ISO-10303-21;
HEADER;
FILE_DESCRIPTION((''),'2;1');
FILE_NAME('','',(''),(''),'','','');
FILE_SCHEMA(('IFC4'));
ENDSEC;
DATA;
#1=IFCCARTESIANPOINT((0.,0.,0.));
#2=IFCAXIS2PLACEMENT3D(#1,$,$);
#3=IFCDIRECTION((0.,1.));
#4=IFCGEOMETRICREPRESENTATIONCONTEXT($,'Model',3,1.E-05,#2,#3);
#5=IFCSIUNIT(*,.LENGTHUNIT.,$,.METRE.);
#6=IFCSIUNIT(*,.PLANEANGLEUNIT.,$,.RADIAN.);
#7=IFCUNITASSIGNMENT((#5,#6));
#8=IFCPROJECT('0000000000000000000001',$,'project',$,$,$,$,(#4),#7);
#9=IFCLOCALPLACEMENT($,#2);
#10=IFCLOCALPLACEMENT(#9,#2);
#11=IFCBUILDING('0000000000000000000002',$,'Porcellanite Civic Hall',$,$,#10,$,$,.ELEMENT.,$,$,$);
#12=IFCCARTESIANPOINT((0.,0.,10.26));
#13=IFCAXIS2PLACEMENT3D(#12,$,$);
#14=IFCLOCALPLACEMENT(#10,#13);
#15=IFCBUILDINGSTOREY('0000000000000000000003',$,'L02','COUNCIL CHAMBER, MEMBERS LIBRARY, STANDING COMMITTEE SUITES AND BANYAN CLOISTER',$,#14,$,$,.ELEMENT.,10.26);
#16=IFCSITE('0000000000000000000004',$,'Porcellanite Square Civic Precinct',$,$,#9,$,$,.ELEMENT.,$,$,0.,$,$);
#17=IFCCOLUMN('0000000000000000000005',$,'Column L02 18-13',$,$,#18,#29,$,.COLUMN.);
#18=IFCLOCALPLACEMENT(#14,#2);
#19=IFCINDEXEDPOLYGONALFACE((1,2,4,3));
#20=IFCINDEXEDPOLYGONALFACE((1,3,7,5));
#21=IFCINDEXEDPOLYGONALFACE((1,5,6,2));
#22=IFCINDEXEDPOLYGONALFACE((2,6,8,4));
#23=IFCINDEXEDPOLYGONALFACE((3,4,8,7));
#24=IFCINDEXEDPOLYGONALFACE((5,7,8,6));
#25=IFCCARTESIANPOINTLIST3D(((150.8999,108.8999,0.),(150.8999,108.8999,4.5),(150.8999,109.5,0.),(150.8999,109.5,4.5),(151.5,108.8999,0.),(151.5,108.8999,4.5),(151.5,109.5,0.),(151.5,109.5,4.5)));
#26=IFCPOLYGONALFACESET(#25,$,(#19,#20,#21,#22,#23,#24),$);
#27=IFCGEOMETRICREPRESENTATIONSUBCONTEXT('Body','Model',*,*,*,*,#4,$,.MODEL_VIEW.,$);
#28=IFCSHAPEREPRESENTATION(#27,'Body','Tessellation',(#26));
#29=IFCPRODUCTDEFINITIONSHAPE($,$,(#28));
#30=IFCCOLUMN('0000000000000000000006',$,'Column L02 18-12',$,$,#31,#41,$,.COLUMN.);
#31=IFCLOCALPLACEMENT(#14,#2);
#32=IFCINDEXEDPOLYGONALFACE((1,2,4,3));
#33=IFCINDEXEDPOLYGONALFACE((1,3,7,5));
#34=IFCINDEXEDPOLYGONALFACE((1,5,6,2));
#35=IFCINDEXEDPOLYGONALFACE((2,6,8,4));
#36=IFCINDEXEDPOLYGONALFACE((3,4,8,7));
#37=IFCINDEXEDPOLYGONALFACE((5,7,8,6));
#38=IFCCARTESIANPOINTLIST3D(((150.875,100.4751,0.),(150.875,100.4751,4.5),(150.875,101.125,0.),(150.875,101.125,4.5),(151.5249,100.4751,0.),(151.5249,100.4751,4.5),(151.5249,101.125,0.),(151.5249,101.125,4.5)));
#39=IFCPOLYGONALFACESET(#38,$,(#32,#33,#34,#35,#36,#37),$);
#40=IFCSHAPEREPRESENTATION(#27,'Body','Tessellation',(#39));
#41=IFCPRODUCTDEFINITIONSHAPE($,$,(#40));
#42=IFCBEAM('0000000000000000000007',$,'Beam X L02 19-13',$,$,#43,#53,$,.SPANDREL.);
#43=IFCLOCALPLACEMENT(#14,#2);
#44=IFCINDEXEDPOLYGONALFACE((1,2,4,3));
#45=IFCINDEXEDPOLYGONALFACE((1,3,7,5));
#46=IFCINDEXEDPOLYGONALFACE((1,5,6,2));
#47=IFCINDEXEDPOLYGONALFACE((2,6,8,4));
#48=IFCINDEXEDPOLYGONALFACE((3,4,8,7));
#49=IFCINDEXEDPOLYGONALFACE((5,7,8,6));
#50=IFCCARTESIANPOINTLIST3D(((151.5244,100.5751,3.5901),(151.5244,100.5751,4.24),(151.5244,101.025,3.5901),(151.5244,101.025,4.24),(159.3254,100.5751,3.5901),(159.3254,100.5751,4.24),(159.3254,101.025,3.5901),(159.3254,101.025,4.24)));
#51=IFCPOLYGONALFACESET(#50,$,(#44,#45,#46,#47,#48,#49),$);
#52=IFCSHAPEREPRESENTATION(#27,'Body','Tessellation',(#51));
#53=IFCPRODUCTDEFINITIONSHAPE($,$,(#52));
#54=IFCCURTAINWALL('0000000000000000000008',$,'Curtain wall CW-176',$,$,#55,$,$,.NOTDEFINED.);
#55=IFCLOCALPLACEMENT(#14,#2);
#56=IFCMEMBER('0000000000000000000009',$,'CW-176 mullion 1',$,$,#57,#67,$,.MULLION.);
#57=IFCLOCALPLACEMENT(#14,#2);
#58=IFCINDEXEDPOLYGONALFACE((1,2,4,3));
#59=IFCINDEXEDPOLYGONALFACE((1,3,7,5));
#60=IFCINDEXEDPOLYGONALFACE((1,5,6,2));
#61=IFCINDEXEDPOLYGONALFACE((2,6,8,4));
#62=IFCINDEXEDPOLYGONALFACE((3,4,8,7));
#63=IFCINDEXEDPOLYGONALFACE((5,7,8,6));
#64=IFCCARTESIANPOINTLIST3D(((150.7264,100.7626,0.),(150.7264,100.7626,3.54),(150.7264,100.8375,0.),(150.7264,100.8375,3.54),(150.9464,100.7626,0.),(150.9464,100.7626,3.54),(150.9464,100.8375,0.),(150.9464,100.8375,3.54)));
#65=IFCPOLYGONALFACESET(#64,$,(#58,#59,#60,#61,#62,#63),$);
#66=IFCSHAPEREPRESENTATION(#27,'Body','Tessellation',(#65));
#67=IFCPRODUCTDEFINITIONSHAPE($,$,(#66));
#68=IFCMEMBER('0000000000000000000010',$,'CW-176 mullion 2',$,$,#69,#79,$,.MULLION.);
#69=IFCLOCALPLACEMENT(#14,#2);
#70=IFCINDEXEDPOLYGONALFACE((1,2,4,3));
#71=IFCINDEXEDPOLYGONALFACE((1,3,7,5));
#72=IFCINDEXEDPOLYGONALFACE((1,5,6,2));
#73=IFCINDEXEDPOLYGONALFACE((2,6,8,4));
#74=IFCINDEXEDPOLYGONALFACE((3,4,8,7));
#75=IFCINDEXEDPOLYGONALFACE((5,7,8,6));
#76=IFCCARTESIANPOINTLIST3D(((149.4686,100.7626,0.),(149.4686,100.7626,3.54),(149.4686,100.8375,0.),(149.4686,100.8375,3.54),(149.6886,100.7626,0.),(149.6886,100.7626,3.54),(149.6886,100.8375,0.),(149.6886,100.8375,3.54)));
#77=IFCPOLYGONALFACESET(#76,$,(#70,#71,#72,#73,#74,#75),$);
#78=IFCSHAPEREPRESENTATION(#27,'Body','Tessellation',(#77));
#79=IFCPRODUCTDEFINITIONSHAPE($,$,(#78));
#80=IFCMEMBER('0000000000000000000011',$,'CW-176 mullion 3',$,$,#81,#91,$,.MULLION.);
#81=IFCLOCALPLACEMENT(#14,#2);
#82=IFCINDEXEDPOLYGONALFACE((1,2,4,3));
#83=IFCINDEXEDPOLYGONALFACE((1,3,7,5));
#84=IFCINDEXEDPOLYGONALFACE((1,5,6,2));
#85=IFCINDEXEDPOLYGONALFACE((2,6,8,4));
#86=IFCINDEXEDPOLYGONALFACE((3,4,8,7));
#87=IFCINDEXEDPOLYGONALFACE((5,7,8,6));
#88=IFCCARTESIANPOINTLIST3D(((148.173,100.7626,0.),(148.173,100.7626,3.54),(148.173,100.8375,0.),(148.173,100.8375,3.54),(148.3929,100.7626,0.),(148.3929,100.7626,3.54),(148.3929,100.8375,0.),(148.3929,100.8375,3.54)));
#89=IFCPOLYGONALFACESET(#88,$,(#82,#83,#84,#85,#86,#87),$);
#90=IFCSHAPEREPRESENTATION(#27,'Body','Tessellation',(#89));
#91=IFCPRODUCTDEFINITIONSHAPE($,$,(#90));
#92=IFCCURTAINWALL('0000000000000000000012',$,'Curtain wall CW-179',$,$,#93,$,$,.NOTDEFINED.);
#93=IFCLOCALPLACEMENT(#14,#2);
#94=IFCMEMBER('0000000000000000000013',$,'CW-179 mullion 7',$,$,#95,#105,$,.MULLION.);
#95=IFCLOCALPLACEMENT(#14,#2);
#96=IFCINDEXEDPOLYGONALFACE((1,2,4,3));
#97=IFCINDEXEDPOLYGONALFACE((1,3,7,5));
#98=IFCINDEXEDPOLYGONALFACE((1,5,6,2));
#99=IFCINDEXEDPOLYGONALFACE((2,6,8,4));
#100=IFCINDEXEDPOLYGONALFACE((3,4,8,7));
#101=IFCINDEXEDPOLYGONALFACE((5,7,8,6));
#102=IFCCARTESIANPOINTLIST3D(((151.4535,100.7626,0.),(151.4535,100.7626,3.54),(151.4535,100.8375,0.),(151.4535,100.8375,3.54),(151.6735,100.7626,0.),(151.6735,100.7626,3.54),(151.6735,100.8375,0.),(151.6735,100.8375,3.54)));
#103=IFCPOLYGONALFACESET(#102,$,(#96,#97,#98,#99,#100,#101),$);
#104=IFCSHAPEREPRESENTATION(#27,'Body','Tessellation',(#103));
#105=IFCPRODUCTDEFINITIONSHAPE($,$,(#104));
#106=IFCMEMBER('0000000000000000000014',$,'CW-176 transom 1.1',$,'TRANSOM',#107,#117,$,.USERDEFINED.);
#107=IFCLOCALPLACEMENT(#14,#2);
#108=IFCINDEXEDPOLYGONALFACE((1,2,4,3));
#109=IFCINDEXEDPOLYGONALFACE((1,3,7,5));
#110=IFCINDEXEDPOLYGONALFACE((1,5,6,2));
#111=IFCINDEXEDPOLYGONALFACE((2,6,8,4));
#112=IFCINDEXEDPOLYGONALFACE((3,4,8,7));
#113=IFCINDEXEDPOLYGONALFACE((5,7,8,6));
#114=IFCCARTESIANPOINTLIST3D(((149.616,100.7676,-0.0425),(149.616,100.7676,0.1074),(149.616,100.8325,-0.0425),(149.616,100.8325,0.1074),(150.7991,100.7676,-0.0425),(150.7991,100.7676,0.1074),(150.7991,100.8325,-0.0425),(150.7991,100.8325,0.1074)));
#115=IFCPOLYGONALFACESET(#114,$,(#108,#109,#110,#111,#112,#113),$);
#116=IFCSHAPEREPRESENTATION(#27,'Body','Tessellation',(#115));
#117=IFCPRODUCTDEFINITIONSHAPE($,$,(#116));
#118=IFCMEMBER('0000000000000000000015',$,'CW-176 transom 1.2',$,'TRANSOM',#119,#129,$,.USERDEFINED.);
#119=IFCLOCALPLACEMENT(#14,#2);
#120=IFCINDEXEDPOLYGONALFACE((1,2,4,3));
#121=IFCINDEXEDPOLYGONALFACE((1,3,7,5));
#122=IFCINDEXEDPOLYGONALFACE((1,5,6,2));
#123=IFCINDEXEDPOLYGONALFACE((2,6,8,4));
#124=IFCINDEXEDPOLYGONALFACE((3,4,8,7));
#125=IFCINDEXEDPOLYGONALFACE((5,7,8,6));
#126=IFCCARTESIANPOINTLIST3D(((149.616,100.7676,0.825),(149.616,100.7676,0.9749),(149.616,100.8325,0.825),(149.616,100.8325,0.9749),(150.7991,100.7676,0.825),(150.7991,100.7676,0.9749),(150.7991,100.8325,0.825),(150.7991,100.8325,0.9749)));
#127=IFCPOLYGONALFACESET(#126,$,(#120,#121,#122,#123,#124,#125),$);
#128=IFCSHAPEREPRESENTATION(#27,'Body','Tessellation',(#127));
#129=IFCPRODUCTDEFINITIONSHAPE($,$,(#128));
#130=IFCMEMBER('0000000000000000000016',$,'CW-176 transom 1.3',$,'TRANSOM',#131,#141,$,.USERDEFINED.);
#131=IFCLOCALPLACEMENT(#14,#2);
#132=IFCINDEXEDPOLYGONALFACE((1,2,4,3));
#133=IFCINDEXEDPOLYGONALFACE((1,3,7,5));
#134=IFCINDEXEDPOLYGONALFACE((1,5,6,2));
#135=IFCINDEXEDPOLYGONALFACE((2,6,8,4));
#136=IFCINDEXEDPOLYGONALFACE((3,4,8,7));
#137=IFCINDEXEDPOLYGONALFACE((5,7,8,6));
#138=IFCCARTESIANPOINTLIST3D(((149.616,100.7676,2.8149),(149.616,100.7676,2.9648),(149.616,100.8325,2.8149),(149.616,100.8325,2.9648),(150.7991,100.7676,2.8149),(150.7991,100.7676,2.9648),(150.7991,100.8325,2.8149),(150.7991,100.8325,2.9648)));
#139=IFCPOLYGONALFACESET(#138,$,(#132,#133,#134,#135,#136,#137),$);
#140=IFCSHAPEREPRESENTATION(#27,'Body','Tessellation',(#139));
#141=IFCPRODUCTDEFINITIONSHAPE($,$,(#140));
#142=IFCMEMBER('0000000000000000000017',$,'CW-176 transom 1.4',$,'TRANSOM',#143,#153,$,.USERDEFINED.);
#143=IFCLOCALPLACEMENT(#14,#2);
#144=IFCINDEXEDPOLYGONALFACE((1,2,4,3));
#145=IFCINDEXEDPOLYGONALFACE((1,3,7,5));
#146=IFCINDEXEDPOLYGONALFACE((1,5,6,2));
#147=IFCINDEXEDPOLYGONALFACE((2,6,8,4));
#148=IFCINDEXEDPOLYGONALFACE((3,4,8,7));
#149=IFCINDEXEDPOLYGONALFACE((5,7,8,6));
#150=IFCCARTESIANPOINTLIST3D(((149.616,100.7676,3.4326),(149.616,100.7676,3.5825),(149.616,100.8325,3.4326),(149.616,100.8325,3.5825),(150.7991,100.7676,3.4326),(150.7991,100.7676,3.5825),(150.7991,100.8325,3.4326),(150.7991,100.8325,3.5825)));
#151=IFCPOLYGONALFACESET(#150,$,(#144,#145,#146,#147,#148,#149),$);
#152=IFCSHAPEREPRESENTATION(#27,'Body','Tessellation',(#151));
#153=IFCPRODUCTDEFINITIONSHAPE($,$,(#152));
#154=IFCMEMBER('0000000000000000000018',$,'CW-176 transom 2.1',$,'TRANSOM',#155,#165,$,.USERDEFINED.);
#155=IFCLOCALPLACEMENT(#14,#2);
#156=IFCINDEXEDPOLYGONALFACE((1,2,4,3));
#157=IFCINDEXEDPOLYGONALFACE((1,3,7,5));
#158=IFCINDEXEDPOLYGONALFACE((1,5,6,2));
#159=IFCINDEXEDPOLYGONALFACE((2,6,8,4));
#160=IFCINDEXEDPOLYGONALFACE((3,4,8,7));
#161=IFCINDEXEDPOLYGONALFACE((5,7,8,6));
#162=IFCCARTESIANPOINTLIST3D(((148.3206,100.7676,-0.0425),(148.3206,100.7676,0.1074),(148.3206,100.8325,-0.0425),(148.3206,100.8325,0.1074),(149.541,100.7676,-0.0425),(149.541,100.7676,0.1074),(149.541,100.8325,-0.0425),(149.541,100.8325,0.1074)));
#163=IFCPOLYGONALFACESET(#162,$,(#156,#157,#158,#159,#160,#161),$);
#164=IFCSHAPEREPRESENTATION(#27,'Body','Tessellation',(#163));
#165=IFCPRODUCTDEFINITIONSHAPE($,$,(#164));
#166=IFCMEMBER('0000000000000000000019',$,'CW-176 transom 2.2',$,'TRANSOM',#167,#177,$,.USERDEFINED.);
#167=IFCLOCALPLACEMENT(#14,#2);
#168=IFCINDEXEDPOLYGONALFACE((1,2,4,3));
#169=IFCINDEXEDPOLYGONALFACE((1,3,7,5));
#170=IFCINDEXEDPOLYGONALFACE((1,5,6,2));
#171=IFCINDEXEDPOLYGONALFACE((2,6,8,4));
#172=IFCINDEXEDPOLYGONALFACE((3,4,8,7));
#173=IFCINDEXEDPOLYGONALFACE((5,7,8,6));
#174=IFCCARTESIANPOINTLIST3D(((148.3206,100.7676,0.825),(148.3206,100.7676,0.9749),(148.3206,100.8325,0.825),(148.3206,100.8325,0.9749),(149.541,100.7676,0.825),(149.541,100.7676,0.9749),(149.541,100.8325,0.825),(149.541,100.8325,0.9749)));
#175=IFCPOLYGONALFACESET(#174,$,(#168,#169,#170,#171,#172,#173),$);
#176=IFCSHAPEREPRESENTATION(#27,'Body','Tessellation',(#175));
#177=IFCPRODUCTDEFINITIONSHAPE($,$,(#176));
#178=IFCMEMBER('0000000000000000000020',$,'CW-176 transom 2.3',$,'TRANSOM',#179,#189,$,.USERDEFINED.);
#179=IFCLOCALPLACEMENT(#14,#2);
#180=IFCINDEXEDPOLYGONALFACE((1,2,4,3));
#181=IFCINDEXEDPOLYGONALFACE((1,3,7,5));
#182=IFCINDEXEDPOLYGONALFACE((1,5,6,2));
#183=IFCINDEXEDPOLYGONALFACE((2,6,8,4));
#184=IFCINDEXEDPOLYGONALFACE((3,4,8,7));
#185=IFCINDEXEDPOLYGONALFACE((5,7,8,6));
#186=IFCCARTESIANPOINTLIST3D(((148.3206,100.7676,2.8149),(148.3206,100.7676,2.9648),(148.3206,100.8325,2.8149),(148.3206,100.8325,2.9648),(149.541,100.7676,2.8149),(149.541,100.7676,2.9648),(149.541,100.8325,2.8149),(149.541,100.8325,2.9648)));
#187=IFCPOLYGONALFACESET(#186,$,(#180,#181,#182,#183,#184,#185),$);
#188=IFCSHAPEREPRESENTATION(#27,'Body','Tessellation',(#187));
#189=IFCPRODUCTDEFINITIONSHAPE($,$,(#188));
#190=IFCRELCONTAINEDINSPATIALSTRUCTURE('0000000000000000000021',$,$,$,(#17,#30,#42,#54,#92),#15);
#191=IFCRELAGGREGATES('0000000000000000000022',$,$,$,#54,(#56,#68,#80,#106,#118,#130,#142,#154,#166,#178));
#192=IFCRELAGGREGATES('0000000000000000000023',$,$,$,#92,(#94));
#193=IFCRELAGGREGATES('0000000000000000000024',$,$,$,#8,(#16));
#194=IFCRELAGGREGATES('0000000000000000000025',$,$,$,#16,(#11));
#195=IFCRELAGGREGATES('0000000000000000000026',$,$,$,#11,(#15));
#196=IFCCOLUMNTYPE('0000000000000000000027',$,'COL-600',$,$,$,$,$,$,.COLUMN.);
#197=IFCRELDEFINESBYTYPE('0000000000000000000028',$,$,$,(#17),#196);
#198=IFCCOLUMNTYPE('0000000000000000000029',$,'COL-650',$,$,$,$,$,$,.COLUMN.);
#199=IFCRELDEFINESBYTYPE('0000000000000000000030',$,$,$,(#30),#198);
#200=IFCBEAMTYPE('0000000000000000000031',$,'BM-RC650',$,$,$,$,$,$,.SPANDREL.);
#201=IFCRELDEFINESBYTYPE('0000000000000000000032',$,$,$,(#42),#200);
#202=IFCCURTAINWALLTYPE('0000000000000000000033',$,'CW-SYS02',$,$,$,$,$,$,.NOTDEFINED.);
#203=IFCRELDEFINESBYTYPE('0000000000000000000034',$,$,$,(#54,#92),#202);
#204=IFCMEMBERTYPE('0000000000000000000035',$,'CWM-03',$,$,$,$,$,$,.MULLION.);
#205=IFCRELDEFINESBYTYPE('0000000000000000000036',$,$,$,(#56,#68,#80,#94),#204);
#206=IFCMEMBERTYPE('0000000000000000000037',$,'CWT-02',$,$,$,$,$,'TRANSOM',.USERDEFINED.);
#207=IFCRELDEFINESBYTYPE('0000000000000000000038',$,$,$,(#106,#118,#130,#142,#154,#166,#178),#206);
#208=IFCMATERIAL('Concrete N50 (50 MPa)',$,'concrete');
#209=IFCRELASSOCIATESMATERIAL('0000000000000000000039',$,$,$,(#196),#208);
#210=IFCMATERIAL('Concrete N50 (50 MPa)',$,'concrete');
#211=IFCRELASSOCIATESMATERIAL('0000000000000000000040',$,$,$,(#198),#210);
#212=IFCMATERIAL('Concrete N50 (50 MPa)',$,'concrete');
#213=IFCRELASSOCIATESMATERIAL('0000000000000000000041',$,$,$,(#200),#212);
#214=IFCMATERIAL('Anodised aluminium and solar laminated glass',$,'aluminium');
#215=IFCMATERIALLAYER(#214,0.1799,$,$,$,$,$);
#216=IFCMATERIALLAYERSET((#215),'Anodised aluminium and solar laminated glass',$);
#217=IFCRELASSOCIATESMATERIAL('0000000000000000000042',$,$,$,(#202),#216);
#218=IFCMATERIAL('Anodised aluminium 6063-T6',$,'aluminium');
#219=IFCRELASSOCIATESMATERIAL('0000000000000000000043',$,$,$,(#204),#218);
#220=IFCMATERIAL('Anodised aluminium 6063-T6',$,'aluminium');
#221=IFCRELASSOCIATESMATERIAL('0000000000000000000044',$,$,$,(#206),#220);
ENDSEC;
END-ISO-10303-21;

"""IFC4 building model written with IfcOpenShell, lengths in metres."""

from ifc_helpers import new_model, si_unit, direction, frame, origin, origin_2d, place, context, subcontext, project, spatial, rectangle, extrude, material, layer, layer_set, material_profile, profile_set, type_object, element, aggregate, save


model = new_model("IFC4")

# Units and contexts
model_context = context("Model", 3, precision=1e-05, world=origin(), true_north=direction((0.0, 1.0)))
body_context = subcontext(model_context, "Body", "Model", "MODEL_VIEW")
ifc_project = project(units=[si_unit("LENGTHUNIT", "METRE"), si_unit("PLANEANGLEUNIT", "RADIAN")], contexts=[model_context])

# Site, building, storey
site_placement = place(None, origin())
site = spatial("IfcSite", under=ifc_project, at=site_placement, Name="Porcellanite Square Civic Precinct", CompositionType="ELEMENT", RefElevation=0.0)
building_placement = place(site_placement, origin())
building = spatial("IfcBuilding", under=site, at=building_placement, Name="Porcellanite Civic Hall", CompositionType="ELEMENT")
storey_placement = place(building_placement, frame((0.0, 0.0, 10.26)))
storey = spatial("IfcBuildingStorey", under=building, at=storey_placement, Name="L02", Description="COUNCIL CHAMBER, MEMBERS LIBRARY, STANDING COMMITTEE SUITES AND BANYAN CLOISTER", CompositionType="ELEMENT", Elevation=10.26)

# Columns
ifc_material_1 = material(Name="Concrete N50 (50 MPa)", Category="concrete")
ifc_material_profile_1 = material_profile(ifc_material_1, rectangle(XDim=0.6001, YDim=0.6001, at=origin_2d()), Name="RC-600x600")
ifc_profile_set_1 = profile_set([ifc_material_profile_1], Name="Concrete N50 (50 MPa)")
column_type_1 = type_object("IfcColumnType", Name="COL-600", PredefinedType="COLUMN", material=ifc_profile_set_1)
column_1_placement = place(storey_placement, frame((151.2, 109.2, 0.0), z_axis=(0.0, 0.0, 1.0), x_axis=(1.0, 0.0, 0.0)))
element("IfcColumn", 1, at=column_1_placement, inside=storey, type_object=column_type_1, Name="Column L02 18-13", PredefinedType="COLUMN", context=body_context, shape_type="SweptSolid", body=[
    extrude(rectangle(XDim=0.6001, YDim=0.6001, at=origin_2d()), origin(), (0.0, 0.0, 1.0), 4.5),
])
ifc_material_2 = material(Name="Concrete N50 (50 MPa)", Category="concrete")
ifc_material_profile_2 = material_profile(ifc_material_2, rectangle(XDim=0.6499, YDim=0.6499, at=origin_2d()), Name="RC-650x650")
ifc_profile_set_2 = profile_set([ifc_material_profile_2], Name="Concrete N50 (50 MPa)")
column_type_2 = type_object("IfcColumnType", Name="COL-650", PredefinedType="COLUMN", material=ifc_profile_set_2)
column_2_placement = place(storey_placement, frame((151.2, 100.8, 0.0), z_axis=(0.0, 0.0, 1.0), x_axis=(1.0, 0.0, 0.0)))
element("IfcColumn", 2, at=column_2_placement, inside=storey, type_object=column_type_2, Name="Column L02 18-12", PredefinedType="COLUMN", context=body_context, shape_type="SweptSolid", body=[
    extrude(rectangle(XDim=0.6499, YDim=0.6499, at=origin_2d()), origin(), (0.0, 0.0, 1.0), 4.5),
])

# Beam
ifc_material_3 = material(Name="Concrete N50 (50 MPa)", Category="concrete")
ifc_material_profile_3 = material_profile(ifc_material_3, rectangle(XDim=0.45, YDim=0.6499, at=origin_2d()), Name="RC-450x650")
ifc_profile_set_3 = profile_set([ifc_material_profile_3], Name="Concrete N50 (50 MPa)")
beam_type_1 = type_object("IfcBeamType", Name="BM-RC650", PredefinedType="SPANDREL", material=ifc_profile_set_3)
beam_1_placement = place(storey_placement, frame((151.5244, 100.8, 3.915), z_axis=(1.0, 0.0, 0.0), x_axis=(0.0, 1.0, 0.0)))
element("IfcBeam", 3, at=beam_1_placement, inside=storey, type_object=beam_type_1, Name="Beam X L02 19-13", PredefinedType="SPANDREL", context=body_context, shape_type="SweptSolid", body=[
    extrude(rectangle(XDim=0.45, YDim=0.6499, at=origin_2d()), origin(), (0.0, 0.0, 1.0), 7.801),
])

# Curtain wall, members
ifc_material_4 = material(Name="Anodised aluminium and solar laminated glass", Category="aluminium")
ifc_layer_1 = layer(ifc_material_4, 0.1799)
ifc_layer_set_1 = layer_set([ifc_layer_1], Name="Anodised aluminium and solar laminated glass")
curtain_wall_type = type_object("IfcCurtainWallType", Name="CW-SYS02", PredefinedType="NOTDEFINED", material=ifc_layer_set_1)
curtain_wall_1_placement = place(storey_placement, origin())
curtain_wall_1 = element("IfcCurtainWall", 4, at=curtain_wall_1_placement, inside=storey, type_object=curtain_wall_type, Name="Curtain wall CW-176", PredefinedType="NOTDEFINED")
ifc_material_5 = material(Name="Anodised aluminium 6063-T6", Category="aluminium")
ifc_material_profile_4 = material_profile(ifc_material_5, rectangle(XDim=0.075, YDim=0.22, at=origin_2d()), Name="AL-75x220")
ifc_profile_set_4 = profile_set([ifc_material_profile_4], Name="Anodised aluminium 6063-T6")
member_type_1 = type_object("IfcMemberType", Name="CWM-03", PredefinedType="MULLION", material=ifc_profile_set_4)
member_1_placement = place(storey_placement, frame((150.8364, 100.8, 0.0), z_axis=(0.0, 0.0, 1.0), x_axis=(0.0, -1.0, 0.0)))
member_1 = element("IfcMember", 5, at=member_1_placement, type_object=member_type_1, Name="CW-176 mullion 1", PredefinedType="MULLION", context=body_context, shape_type="SweptSolid", body=[
    extrude(rectangle(XDim=0.075, YDim=0.22, at=origin_2d()), origin(), (0.0, 0.0, 1.0), 3.54),
])
member_2_placement = place(storey_placement, frame((149.5786, 100.8, 0.0), z_axis=(0.0, 0.0, 1.0), x_axis=(0.0, -1.0, 0.0)))
member_2 = element("IfcMember", 6, at=member_2_placement, type_object=member_type_1, Name="CW-176 mullion 2", PredefinedType="MULLION", context=body_context, shape_type="SweptSolid", body=[
    extrude(rectangle(XDim=0.075, YDim=0.22, at=origin_2d()), origin(), (0.0, 0.0, 1.0), 3.54),
])
member_3_placement = place(storey_placement, frame((148.283, 100.8, 0.0), z_axis=(0.0, 0.0, 1.0), x_axis=(0.0, -1.0, 0.0)))
member_3 = element("IfcMember", 7, at=member_3_placement, type_object=member_type_1, Name="CW-176 mullion 3", PredefinedType="MULLION", context=body_context, shape_type="SweptSolid", body=[
    extrude(rectangle(XDim=0.075, YDim=0.22, at=origin_2d()), origin(), (0.0, 0.0, 1.0), 3.54),
])

# Curtain wall, member
curtain_wall_2_placement = place(storey_placement, origin())
curtain_wall_2 = element("IfcCurtainWall", 8, at=curtain_wall_2_placement, inside=storey, type_object=curtain_wall_type, Name="Curtain wall CW-179", PredefinedType="NOTDEFINED")
member_4_placement = place(storey_placement, frame((151.5635, 100.8, 0.0), z_axis=(0.0, 0.0, 1.0), x_axis=(0.0, -1.0, 0.0)))
member_4 = element("IfcMember", 9, at=member_4_placement, type_object=member_type_1, Name="CW-179 mullion 7", PredefinedType="MULLION", context=body_context, shape_type="SweptSolid", body=[
    extrude(rectangle(XDim=0.075, YDim=0.22, at=origin_2d()), origin(), (0.0, 0.0, 1.0), 3.54),
])

# Members
ifc_material_6 = material(Name="Anodised aluminium 6063-T6", Category="aluminium")
ifc_material_profile_5 = material_profile(ifc_material_6, rectangle(XDim=0.0649, YDim=0.1499, at=origin_2d()), Name="AL-65x150")
ifc_profile_set_5 = profile_set([ifc_material_profile_5], Name="Anodised aluminium 6063-T6")
member_type_2 = type_object("IfcMemberType", Name="CWT-02", ElementType="TRANSOM", PredefinedType="USERDEFINED", material=ifc_profile_set_5)
member_5_placement = place(storey_placement, frame((150.7991, 100.8, 0.0325), z_axis=(-1.0, 0.0, 0.0), x_axis=(0.0, -1.0, 0.0)))
member_5 = element("IfcMember", 10, at=member_5_placement, type_object=member_type_2, Name="CW-176 transom 1.1", ObjectType="TRANSOM", PredefinedType="USERDEFINED", context=body_context, shape_type="SweptSolid", body=[
    extrude(rectangle(XDim=0.0649, YDim=0.1499, at=origin_2d()), origin(), (0.0, 0.0, 1.0), 1.1831),
])
member_6_placement = place(storey_placement, frame((150.7991, 100.8, 0.8999), z_axis=(-1.0, 0.0, 0.0), x_axis=(0.0, -1.0, 0.0)))
member_6 = element("IfcMember", 11, at=member_6_placement, type_object=member_type_2, Name="CW-176 transom 1.2", ObjectType="TRANSOM", PredefinedType="USERDEFINED", context=body_context, shape_type="SweptSolid", body=[
    extrude(rectangle(XDim=0.0649, YDim=0.1499, at=origin_2d()), origin(), (0.0, 0.0, 1.0), 1.1831),
])
member_7_placement = place(storey_placement, frame((150.7991, 100.8, 2.8899), z_axis=(-1.0, 0.0, 0.0), x_axis=(0.0, -1.0, 0.0)))
member_7 = element("IfcMember", 12, at=member_7_placement, type_object=member_type_2, Name="CW-176 transom 1.3", ObjectType="TRANSOM", PredefinedType="USERDEFINED", context=body_context, shape_type="SweptSolid", body=[
    extrude(rectangle(XDim=0.0649, YDim=0.1499, at=origin_2d()), origin(), (0.0, 0.0, 1.0), 1.1831),
])
member_8_placement = place(storey_placement, frame((150.7991, 100.8, 3.5076), z_axis=(-1.0, 0.0, 0.0), x_axis=(0.0, -1.0, 0.0)))
member_8 = element("IfcMember", 13, at=member_8_placement, type_object=member_type_2, Name="CW-176 transom 1.4", ObjectType="TRANSOM", PredefinedType="USERDEFINED", context=body_context, shape_type="SweptSolid", body=[
    extrude(rectangle(XDim=0.0649, YDim=0.1499, at=origin_2d()), origin(), (0.0, 0.0, 1.0), 1.1831),
])
member_9_placement = place(storey_placement, frame((149.541, 100.8, 0.0325), z_axis=(-1.0, 0.0, 0.0), x_axis=(0.0, -1.0, 0.0)))
member_9 = element("IfcMember", 14, at=member_9_placement, type_object=member_type_2, Name="CW-176 transom 2.1", ObjectType="TRANSOM", PredefinedType="USERDEFINED", context=body_context, shape_type="SweptSolid", body=[
    extrude(rectangle(XDim=0.0649, YDim=0.1499, at=origin_2d()), origin(), (0.0, 0.0, 1.0), 1.2205),
])
member_10_placement = place(storey_placement, frame((149.541, 100.8, 0.8999), z_axis=(-1.0, 0.0, 0.0), x_axis=(0.0, -1.0, 0.0)))
member_10 = element("IfcMember", 15, at=member_10_placement, type_object=member_type_2, Name="CW-176 transom 2.2", ObjectType="TRANSOM", PredefinedType="USERDEFINED", context=body_context, shape_type="SweptSolid", body=[
    extrude(rectangle(XDim=0.0649, YDim=0.1499, at=origin_2d()), origin(), (0.0, 0.0, 1.0), 1.2205),
])
member_11_placement = place(storey_placement, frame((149.541, 100.8, 2.8899), z_axis=(-1.0, 0.0, 0.0), x_axis=(0.0, -1.0, 0.0)))
member_11 = element("IfcMember", 16, at=member_11_placement, type_object=member_type_2, Name="CW-176 transom 2.3", ObjectType="TRANSOM", PredefinedType="USERDEFINED", context=body_context, shape_type="SweptSolid", body=[
    extrude(rectangle(XDim=0.0649, YDim=0.1499, at=origin_2d()), origin(), (0.0, 0.0, 1.0), 1.2205),
])

aggregate(curtain_wall_1, [member_1, member_2, member_3, member_5, member_6, member_7, member_8, member_9, member_10, member_11])
aggregate(curtain_wall_2, [member_4])

save(model, "model.ifc")
